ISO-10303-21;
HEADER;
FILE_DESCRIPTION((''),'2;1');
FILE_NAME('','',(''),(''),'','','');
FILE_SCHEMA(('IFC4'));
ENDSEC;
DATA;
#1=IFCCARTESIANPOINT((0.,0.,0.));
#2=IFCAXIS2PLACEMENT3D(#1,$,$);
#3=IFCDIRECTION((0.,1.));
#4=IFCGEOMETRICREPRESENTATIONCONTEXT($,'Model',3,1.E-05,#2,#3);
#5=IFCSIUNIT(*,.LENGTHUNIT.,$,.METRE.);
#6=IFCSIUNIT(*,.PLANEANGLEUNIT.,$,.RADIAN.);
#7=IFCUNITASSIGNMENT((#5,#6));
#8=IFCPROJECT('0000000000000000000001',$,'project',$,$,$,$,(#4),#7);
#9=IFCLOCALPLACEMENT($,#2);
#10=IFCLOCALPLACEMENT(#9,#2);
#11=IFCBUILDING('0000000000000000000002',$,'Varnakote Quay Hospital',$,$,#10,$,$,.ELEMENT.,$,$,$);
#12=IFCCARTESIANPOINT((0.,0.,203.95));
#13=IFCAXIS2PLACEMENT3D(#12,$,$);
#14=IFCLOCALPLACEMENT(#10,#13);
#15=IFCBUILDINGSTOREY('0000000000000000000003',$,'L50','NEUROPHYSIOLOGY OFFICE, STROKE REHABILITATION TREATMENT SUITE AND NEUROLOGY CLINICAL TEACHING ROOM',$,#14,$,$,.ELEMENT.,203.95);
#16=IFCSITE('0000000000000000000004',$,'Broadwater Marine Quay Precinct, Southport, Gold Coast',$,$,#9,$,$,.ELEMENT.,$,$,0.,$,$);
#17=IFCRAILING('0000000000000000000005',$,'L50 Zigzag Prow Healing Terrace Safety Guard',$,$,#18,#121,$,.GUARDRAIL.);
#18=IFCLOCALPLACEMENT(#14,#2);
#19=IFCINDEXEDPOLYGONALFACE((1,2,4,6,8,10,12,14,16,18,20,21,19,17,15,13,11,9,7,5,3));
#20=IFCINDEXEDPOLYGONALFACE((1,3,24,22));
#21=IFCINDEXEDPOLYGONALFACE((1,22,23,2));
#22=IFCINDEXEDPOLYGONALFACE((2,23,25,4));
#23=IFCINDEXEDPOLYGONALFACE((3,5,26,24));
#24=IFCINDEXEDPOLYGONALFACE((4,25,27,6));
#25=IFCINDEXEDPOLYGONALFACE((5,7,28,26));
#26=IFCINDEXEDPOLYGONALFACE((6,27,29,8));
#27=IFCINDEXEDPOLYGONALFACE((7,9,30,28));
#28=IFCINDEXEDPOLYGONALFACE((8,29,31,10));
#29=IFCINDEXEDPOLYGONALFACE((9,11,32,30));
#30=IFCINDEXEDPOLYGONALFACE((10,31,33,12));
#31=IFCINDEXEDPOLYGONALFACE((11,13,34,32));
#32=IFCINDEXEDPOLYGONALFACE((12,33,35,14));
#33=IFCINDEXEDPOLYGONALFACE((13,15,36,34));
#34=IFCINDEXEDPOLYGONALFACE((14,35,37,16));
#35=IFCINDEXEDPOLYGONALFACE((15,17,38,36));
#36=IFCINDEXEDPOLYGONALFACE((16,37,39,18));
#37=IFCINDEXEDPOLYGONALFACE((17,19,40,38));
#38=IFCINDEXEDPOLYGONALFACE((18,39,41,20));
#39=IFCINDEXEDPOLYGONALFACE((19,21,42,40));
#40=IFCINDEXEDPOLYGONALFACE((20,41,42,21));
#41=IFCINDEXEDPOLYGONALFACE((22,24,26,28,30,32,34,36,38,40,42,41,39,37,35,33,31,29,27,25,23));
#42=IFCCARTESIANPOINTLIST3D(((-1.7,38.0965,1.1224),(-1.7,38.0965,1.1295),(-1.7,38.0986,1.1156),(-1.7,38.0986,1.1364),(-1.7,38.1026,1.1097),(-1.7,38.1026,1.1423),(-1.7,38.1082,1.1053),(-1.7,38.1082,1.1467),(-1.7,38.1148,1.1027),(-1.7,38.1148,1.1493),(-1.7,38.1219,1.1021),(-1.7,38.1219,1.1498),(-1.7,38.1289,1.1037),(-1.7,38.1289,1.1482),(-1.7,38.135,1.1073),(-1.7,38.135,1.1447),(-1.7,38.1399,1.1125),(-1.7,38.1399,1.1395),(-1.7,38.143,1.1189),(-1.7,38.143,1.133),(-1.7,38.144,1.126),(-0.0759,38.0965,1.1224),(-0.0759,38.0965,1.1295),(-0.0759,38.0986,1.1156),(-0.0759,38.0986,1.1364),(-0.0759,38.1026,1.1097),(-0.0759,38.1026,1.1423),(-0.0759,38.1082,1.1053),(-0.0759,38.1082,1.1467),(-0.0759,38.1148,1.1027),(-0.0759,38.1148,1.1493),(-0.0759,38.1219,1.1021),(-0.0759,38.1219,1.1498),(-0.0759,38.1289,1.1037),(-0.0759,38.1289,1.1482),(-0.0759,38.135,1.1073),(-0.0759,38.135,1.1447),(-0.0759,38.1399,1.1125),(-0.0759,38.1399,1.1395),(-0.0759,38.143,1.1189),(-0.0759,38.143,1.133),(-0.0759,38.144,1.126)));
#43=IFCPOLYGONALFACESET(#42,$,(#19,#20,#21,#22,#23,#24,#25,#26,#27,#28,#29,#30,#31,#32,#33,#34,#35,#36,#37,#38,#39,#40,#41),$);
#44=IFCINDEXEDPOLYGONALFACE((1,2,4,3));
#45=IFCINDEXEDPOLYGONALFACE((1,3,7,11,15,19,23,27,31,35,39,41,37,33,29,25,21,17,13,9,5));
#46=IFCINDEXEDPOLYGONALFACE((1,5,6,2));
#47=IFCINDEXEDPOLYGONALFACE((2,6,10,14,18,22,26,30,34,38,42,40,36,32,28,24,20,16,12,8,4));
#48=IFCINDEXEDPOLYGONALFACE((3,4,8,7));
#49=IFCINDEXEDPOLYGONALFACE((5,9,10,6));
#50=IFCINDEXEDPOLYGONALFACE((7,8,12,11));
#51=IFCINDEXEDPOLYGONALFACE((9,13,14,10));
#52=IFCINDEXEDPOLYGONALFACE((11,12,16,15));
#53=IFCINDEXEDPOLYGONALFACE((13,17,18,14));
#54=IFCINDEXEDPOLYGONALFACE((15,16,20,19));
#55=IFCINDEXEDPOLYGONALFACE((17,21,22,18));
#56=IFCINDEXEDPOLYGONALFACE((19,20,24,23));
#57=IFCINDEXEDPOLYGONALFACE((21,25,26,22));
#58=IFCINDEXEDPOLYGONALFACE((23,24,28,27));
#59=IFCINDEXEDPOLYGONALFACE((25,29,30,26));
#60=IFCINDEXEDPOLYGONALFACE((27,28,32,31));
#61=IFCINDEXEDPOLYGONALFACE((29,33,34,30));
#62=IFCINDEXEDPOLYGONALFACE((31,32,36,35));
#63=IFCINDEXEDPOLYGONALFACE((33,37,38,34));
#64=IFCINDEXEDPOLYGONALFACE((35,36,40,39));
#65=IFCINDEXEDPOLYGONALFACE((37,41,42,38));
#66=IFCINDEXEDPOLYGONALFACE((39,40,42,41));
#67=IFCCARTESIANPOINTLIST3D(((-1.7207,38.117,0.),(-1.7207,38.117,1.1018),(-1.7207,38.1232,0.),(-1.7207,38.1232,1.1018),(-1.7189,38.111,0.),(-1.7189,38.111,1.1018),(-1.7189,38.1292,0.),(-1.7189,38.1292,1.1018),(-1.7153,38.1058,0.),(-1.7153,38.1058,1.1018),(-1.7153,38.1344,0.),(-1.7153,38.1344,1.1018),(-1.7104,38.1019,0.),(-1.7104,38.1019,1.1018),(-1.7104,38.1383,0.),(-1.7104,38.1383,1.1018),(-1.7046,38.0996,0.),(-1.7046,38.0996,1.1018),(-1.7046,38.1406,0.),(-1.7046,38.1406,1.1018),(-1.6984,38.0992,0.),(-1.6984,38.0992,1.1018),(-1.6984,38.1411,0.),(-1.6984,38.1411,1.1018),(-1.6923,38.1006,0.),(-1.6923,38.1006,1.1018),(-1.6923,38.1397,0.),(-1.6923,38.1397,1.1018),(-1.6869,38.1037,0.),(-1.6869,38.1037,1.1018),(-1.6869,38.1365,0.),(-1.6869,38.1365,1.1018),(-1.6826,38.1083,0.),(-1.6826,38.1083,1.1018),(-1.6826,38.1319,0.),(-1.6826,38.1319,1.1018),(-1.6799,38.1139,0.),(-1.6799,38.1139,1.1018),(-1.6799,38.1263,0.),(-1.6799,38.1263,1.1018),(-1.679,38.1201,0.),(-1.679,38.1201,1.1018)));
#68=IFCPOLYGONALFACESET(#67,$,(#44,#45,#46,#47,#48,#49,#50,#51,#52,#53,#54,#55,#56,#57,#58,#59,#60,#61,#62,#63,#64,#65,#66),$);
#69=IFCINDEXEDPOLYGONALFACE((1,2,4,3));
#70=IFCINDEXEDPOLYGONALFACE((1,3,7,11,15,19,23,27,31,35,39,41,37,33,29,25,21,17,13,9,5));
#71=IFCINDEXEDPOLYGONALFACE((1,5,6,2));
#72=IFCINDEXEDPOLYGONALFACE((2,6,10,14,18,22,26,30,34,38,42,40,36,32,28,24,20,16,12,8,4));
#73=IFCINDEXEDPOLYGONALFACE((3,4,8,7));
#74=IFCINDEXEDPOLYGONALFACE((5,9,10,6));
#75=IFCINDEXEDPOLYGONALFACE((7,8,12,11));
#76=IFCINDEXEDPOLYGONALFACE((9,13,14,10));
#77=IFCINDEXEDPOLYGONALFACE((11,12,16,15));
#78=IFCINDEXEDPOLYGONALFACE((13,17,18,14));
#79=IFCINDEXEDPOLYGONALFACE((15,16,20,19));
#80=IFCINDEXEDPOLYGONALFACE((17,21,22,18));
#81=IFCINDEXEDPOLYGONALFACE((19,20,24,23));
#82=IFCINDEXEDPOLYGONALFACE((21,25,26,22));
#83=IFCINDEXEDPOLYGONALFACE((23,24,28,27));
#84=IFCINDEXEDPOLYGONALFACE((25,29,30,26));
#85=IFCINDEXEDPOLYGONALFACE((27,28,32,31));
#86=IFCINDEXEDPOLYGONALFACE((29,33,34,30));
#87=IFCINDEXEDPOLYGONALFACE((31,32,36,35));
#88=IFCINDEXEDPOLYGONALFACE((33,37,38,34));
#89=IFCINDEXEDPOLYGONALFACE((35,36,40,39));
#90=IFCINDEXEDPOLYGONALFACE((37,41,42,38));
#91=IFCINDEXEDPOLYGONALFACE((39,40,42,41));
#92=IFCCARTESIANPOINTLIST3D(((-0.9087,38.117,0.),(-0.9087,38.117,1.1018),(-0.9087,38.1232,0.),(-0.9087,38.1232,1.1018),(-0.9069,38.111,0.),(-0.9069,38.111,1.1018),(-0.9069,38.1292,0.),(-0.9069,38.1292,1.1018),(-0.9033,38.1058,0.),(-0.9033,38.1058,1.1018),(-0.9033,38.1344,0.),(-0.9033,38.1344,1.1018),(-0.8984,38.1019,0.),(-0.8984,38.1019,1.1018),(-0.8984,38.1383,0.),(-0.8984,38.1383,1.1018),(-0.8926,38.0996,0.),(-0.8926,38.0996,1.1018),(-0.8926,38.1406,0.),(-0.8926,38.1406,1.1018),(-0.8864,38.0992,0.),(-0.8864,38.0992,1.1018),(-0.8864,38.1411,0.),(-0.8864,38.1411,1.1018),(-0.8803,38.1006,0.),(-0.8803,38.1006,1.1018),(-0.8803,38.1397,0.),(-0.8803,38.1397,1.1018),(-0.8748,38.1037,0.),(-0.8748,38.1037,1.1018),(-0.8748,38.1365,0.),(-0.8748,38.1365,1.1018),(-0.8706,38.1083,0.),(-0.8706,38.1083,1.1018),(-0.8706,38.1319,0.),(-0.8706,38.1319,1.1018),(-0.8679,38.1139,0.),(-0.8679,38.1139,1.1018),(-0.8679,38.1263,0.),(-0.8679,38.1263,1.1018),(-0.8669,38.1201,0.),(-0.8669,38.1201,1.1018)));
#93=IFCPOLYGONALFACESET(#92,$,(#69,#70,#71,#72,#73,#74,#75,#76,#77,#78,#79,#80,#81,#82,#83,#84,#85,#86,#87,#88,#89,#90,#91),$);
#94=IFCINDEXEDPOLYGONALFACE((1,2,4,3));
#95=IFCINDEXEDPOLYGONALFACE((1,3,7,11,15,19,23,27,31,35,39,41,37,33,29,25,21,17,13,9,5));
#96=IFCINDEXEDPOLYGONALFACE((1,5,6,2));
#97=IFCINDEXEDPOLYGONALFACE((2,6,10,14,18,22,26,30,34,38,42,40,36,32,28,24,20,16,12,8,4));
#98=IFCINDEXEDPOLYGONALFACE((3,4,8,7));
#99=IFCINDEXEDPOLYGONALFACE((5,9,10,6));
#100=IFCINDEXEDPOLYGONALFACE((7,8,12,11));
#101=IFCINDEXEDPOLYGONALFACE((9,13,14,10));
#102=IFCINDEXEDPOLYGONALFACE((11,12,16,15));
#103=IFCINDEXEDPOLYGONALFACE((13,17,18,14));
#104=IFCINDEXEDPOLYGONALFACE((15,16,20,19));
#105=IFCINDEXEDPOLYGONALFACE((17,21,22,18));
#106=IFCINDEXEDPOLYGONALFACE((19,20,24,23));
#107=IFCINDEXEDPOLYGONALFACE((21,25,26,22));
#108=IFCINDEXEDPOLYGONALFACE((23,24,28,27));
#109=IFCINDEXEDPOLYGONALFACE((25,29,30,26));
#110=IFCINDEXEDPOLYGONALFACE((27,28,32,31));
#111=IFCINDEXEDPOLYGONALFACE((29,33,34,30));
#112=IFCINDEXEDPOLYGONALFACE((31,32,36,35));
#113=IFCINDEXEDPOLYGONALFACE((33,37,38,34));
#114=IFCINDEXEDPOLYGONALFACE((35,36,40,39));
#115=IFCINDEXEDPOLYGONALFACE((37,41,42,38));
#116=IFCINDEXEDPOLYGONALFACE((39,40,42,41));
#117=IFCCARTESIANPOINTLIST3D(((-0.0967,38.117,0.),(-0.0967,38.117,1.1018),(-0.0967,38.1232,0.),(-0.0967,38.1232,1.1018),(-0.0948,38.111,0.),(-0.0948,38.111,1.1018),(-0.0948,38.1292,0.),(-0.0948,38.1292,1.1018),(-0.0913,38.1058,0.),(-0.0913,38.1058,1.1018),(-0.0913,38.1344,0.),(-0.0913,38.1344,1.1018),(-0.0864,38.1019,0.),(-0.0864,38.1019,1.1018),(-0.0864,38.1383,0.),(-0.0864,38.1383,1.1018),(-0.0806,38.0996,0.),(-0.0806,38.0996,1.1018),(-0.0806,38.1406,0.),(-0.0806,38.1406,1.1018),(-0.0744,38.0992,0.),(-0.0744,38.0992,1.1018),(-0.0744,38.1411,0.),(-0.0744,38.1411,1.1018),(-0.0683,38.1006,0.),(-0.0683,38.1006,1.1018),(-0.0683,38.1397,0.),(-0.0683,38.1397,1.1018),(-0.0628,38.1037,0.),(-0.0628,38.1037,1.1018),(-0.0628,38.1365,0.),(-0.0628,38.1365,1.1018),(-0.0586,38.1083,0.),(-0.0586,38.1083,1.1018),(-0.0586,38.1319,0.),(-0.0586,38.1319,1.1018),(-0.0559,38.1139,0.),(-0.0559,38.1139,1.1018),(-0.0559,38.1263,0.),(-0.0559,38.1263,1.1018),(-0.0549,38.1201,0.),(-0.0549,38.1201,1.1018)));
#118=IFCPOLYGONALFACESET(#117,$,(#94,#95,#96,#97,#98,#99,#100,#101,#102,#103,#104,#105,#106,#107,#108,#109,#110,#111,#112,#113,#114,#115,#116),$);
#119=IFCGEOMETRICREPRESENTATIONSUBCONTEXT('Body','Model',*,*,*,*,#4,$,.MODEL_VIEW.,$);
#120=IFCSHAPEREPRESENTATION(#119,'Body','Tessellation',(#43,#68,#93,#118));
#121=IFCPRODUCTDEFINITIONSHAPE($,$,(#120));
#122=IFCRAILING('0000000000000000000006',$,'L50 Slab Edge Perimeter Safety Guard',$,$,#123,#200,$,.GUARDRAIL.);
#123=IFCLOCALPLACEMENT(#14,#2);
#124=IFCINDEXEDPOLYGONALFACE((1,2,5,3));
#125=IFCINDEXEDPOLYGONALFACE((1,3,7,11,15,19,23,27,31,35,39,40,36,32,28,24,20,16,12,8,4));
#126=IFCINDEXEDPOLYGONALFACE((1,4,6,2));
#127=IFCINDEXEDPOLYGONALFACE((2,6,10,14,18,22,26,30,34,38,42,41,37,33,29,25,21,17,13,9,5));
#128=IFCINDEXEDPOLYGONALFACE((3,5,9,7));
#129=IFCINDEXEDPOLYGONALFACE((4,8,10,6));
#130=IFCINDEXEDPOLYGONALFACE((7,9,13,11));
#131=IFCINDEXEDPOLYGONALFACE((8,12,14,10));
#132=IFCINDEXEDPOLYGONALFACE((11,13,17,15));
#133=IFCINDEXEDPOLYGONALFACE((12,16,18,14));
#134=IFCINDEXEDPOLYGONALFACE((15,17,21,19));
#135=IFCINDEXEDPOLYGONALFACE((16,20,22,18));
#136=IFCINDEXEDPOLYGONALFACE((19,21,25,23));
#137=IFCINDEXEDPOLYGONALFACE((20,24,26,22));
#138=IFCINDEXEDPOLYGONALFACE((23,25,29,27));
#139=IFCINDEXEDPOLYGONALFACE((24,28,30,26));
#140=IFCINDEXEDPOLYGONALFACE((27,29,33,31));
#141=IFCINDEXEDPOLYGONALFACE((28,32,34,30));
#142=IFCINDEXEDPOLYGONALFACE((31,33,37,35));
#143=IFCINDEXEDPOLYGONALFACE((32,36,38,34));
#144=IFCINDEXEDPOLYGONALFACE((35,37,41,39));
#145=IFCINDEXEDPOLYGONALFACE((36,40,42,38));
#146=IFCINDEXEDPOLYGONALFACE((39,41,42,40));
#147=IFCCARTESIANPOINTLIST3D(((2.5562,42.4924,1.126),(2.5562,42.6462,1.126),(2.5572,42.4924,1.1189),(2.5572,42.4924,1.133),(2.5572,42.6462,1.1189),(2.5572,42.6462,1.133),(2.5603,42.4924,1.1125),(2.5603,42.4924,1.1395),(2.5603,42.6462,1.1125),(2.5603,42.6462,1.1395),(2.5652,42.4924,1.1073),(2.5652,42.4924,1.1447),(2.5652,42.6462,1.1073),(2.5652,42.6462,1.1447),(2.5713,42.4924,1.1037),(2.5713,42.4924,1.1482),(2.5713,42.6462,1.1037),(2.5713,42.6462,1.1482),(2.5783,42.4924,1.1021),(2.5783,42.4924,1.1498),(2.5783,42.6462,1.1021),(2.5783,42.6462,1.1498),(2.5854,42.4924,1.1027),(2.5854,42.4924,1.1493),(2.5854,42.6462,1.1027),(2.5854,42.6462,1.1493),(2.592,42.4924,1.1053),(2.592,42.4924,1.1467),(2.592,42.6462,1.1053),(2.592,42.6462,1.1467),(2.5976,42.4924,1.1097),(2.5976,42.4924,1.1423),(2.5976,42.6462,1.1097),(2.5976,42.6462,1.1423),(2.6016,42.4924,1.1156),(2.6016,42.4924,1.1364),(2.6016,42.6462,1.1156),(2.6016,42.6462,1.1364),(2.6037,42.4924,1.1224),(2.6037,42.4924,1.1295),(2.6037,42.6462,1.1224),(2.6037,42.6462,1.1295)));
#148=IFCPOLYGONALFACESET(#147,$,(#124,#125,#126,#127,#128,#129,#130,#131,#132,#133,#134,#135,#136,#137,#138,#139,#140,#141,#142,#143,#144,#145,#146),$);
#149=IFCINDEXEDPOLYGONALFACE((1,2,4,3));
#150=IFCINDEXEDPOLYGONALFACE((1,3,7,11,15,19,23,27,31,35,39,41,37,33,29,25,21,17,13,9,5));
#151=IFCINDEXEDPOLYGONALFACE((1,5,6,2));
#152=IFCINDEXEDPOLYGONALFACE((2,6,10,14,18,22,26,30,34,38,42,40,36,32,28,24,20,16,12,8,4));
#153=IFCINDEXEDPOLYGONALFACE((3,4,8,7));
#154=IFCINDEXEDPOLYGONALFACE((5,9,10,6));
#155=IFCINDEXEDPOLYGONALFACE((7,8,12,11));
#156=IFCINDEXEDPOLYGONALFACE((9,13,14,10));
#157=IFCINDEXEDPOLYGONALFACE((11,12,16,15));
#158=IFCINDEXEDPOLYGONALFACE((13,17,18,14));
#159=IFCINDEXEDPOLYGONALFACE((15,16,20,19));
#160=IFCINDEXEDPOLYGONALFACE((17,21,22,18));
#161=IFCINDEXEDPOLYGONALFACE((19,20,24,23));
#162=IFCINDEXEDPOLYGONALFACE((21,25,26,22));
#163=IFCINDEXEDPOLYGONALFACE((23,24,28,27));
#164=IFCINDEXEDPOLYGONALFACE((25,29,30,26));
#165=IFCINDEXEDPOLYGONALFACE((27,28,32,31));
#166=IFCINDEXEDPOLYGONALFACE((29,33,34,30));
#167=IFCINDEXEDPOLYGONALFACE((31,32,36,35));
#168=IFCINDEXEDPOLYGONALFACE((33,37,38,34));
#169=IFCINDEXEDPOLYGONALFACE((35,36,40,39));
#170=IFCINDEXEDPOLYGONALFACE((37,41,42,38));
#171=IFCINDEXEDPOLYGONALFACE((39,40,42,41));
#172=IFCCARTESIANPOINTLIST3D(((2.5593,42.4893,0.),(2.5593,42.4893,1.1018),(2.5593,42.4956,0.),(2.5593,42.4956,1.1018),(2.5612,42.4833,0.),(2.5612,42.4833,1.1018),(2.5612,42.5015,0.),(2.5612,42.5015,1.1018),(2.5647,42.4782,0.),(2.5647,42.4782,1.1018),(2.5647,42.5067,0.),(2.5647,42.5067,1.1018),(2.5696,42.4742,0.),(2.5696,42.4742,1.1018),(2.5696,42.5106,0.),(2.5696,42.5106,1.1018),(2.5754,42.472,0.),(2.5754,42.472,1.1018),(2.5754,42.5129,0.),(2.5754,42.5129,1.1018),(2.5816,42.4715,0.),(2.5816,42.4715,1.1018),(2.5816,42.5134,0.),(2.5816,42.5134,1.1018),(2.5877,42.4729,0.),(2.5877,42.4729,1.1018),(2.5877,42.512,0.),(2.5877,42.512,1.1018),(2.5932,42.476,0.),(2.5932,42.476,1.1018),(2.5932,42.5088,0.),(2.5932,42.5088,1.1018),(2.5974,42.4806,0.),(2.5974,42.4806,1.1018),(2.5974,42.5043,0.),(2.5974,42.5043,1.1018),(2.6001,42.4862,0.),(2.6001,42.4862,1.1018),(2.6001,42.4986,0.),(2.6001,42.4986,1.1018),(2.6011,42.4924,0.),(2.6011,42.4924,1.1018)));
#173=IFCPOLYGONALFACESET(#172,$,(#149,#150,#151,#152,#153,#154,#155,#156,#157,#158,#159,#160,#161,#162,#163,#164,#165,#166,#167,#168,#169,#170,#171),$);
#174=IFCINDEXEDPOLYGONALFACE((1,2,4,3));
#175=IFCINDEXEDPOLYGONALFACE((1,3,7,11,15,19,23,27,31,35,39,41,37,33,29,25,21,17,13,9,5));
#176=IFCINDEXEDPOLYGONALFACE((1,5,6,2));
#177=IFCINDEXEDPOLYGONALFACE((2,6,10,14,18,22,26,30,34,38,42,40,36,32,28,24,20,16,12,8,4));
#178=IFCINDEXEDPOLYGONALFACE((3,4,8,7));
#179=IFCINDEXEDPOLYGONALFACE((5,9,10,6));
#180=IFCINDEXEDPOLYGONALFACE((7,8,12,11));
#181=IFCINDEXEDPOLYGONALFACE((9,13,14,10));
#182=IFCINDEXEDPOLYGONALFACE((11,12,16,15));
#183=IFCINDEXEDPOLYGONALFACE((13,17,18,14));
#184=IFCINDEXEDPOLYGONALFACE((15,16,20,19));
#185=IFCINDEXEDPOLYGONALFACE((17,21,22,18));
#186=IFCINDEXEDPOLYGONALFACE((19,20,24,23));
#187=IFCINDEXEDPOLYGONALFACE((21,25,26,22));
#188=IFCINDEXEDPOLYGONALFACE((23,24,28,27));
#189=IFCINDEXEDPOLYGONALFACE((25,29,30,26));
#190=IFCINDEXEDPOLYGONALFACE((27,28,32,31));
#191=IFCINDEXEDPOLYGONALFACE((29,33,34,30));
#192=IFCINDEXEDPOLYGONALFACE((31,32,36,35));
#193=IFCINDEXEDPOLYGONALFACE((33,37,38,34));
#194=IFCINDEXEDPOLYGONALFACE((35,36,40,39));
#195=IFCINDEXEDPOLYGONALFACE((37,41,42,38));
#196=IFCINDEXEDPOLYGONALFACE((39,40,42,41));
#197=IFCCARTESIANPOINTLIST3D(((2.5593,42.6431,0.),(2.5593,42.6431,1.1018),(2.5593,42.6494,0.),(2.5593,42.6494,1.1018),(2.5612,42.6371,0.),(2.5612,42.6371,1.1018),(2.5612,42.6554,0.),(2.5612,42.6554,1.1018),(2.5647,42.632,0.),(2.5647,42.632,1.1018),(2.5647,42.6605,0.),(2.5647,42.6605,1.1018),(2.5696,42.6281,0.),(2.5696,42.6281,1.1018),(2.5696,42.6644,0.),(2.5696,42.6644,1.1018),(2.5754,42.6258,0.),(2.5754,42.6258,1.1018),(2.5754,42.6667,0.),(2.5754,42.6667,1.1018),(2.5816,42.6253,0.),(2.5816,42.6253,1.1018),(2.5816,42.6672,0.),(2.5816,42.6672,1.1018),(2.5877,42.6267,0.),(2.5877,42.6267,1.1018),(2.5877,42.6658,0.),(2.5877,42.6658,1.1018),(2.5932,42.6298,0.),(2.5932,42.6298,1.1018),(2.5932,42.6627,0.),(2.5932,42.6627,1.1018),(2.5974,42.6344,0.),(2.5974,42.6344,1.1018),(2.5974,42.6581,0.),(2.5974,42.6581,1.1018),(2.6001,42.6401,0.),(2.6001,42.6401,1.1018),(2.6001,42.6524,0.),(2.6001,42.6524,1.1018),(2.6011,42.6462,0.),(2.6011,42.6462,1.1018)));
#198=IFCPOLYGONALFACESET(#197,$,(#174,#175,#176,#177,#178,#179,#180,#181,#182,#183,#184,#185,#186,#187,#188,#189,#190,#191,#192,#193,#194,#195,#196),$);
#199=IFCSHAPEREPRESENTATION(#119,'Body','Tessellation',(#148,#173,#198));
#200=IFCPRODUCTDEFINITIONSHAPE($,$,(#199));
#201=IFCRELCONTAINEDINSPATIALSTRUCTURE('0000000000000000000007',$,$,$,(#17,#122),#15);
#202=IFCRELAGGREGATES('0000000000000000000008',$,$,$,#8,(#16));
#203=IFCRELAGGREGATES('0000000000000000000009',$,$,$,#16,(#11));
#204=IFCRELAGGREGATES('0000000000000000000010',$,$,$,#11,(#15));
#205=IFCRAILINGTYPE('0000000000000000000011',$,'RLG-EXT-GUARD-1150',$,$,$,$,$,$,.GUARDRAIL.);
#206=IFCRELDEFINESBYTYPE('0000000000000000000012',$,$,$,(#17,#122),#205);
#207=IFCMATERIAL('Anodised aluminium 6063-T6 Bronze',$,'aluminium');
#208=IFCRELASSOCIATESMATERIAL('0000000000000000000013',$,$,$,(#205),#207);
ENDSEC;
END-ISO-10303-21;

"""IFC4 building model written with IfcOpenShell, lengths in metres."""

from ifc_helpers import new_model, si_unit, direction, frame, origin, origin_2d, place, context, subcontext, project, spatial, circle, extrude, material, type_object, element, save


model = new_model("IFC4")

# Units and contexts
model_context = context("Model", 3, precision=1e-05, world=origin(), true_north=direction((0.0, 1.0)))
body_context = subcontext(model_context, "Body", "Model", "MODEL_VIEW")
ifc_project = project(units=[si_unit("LENGTHUNIT", "METRE"), si_unit("PLANEANGLEUNIT", "RADIAN")], contexts=[model_context])

# Site, building, storey
site_placement = place(None, origin())
site = spatial("IfcSite", under=ifc_project, at=site_placement, Name="Broadwater Marine Quay Precinct, Southport, Gold Coast", CompositionType="ELEMENT", RefElevation=0.0)
building_placement = place(site_placement, origin())
building = spatial("IfcBuilding", under=site, at=building_placement, Name="Varnakote Quay Hospital", CompositionType="ELEMENT")
storey_placement = place(building_placement, frame((0.0, 0.0, 203.95)))
storey = spatial("IfcBuildingStorey", under=building, at=storey_placement, Name="L50", Description="NEUROPHYSIOLOGY OFFICE, STROKE REHABILITATION TREATMENT SUITE AND NEUROLOGY CLINICAL TEACHING ROOM", CompositionType="ELEMENT", Elevation=203.95)

# Railings
ifc_material_1 = material(Name="Anodised aluminium 6063-T6 Bronze", Category="aluminium")
railing_type = type_object("IfcRailingType", Name="RLG-EXT-GUARD-1150", PredefinedType="GUARDRAIL", material=ifc_material_1)
railing_1_placement = place(storey_placement, frame((-1.7, 38.1201, 0.0)))
element("IfcRailing", 1, at=railing_1_placement, inside=storey, type_object=railing_type, Name="L50 Zigzag Prow Healing Terrace Safety Guard", PredefinedType="GUARDRAIL", context=body_context, shape_type="SweptSolid", body=[
    extrude(circle(Radius=0.0239, at=origin_2d()), frame((0.0, 0.0, 1.126), z_axis=(1.0, 0.0, 0.0), x_axis=(0.0, 1.0, 0.0)), (0.0, 0.0, 1.0), 1.624),
    extrude(circle(Radius=0.021, at=origin_2d()), origin(), (0.0, 0.0, 1.0), 1.1018),
    extrude(circle(Radius=0.021, at=origin_2d()), frame((0.812, 0.0, 0.0)), (0.0, 0.0, 1.0), 1.1018),
    extrude(circle(Radius=0.021, at=origin_2d()), frame((1.624, 0.0, 0.0)), (0.0, 0.0, 1.0), 1.1018),
])
railing_2_placement = place(storey_placement, frame((2.5801, 42.4924, 0.0)))
element("IfcRailing", 2, at=railing_2_placement, inside=storey, type_object=railing_type, Name="L50 Slab Edge Perimeter Safety Guard", PredefinedType="GUARDRAIL", context=body_context, shape_type="SweptSolid", body=[
    extrude(circle(Radius=0.0239, at=origin_2d()), frame((0.0, 0.0, 1.126), z_axis=(0.0, 1.0, 0.0), x_axis=(-1.0, 0.0, 0.0)), (0.0, 0.0, 1.0), 0.1538),
    extrude(circle(Radius=0.021, at=origin_2d()), origin(), (0.0, 0.0, 1.0), 1.1018),
    extrude(circle(Radius=0.021, at=origin_2d()), frame((0.0, 0.1538, 0.0)), (0.0, 0.0, 1.0), 1.1018),
])

save(model, "model.ifc")
